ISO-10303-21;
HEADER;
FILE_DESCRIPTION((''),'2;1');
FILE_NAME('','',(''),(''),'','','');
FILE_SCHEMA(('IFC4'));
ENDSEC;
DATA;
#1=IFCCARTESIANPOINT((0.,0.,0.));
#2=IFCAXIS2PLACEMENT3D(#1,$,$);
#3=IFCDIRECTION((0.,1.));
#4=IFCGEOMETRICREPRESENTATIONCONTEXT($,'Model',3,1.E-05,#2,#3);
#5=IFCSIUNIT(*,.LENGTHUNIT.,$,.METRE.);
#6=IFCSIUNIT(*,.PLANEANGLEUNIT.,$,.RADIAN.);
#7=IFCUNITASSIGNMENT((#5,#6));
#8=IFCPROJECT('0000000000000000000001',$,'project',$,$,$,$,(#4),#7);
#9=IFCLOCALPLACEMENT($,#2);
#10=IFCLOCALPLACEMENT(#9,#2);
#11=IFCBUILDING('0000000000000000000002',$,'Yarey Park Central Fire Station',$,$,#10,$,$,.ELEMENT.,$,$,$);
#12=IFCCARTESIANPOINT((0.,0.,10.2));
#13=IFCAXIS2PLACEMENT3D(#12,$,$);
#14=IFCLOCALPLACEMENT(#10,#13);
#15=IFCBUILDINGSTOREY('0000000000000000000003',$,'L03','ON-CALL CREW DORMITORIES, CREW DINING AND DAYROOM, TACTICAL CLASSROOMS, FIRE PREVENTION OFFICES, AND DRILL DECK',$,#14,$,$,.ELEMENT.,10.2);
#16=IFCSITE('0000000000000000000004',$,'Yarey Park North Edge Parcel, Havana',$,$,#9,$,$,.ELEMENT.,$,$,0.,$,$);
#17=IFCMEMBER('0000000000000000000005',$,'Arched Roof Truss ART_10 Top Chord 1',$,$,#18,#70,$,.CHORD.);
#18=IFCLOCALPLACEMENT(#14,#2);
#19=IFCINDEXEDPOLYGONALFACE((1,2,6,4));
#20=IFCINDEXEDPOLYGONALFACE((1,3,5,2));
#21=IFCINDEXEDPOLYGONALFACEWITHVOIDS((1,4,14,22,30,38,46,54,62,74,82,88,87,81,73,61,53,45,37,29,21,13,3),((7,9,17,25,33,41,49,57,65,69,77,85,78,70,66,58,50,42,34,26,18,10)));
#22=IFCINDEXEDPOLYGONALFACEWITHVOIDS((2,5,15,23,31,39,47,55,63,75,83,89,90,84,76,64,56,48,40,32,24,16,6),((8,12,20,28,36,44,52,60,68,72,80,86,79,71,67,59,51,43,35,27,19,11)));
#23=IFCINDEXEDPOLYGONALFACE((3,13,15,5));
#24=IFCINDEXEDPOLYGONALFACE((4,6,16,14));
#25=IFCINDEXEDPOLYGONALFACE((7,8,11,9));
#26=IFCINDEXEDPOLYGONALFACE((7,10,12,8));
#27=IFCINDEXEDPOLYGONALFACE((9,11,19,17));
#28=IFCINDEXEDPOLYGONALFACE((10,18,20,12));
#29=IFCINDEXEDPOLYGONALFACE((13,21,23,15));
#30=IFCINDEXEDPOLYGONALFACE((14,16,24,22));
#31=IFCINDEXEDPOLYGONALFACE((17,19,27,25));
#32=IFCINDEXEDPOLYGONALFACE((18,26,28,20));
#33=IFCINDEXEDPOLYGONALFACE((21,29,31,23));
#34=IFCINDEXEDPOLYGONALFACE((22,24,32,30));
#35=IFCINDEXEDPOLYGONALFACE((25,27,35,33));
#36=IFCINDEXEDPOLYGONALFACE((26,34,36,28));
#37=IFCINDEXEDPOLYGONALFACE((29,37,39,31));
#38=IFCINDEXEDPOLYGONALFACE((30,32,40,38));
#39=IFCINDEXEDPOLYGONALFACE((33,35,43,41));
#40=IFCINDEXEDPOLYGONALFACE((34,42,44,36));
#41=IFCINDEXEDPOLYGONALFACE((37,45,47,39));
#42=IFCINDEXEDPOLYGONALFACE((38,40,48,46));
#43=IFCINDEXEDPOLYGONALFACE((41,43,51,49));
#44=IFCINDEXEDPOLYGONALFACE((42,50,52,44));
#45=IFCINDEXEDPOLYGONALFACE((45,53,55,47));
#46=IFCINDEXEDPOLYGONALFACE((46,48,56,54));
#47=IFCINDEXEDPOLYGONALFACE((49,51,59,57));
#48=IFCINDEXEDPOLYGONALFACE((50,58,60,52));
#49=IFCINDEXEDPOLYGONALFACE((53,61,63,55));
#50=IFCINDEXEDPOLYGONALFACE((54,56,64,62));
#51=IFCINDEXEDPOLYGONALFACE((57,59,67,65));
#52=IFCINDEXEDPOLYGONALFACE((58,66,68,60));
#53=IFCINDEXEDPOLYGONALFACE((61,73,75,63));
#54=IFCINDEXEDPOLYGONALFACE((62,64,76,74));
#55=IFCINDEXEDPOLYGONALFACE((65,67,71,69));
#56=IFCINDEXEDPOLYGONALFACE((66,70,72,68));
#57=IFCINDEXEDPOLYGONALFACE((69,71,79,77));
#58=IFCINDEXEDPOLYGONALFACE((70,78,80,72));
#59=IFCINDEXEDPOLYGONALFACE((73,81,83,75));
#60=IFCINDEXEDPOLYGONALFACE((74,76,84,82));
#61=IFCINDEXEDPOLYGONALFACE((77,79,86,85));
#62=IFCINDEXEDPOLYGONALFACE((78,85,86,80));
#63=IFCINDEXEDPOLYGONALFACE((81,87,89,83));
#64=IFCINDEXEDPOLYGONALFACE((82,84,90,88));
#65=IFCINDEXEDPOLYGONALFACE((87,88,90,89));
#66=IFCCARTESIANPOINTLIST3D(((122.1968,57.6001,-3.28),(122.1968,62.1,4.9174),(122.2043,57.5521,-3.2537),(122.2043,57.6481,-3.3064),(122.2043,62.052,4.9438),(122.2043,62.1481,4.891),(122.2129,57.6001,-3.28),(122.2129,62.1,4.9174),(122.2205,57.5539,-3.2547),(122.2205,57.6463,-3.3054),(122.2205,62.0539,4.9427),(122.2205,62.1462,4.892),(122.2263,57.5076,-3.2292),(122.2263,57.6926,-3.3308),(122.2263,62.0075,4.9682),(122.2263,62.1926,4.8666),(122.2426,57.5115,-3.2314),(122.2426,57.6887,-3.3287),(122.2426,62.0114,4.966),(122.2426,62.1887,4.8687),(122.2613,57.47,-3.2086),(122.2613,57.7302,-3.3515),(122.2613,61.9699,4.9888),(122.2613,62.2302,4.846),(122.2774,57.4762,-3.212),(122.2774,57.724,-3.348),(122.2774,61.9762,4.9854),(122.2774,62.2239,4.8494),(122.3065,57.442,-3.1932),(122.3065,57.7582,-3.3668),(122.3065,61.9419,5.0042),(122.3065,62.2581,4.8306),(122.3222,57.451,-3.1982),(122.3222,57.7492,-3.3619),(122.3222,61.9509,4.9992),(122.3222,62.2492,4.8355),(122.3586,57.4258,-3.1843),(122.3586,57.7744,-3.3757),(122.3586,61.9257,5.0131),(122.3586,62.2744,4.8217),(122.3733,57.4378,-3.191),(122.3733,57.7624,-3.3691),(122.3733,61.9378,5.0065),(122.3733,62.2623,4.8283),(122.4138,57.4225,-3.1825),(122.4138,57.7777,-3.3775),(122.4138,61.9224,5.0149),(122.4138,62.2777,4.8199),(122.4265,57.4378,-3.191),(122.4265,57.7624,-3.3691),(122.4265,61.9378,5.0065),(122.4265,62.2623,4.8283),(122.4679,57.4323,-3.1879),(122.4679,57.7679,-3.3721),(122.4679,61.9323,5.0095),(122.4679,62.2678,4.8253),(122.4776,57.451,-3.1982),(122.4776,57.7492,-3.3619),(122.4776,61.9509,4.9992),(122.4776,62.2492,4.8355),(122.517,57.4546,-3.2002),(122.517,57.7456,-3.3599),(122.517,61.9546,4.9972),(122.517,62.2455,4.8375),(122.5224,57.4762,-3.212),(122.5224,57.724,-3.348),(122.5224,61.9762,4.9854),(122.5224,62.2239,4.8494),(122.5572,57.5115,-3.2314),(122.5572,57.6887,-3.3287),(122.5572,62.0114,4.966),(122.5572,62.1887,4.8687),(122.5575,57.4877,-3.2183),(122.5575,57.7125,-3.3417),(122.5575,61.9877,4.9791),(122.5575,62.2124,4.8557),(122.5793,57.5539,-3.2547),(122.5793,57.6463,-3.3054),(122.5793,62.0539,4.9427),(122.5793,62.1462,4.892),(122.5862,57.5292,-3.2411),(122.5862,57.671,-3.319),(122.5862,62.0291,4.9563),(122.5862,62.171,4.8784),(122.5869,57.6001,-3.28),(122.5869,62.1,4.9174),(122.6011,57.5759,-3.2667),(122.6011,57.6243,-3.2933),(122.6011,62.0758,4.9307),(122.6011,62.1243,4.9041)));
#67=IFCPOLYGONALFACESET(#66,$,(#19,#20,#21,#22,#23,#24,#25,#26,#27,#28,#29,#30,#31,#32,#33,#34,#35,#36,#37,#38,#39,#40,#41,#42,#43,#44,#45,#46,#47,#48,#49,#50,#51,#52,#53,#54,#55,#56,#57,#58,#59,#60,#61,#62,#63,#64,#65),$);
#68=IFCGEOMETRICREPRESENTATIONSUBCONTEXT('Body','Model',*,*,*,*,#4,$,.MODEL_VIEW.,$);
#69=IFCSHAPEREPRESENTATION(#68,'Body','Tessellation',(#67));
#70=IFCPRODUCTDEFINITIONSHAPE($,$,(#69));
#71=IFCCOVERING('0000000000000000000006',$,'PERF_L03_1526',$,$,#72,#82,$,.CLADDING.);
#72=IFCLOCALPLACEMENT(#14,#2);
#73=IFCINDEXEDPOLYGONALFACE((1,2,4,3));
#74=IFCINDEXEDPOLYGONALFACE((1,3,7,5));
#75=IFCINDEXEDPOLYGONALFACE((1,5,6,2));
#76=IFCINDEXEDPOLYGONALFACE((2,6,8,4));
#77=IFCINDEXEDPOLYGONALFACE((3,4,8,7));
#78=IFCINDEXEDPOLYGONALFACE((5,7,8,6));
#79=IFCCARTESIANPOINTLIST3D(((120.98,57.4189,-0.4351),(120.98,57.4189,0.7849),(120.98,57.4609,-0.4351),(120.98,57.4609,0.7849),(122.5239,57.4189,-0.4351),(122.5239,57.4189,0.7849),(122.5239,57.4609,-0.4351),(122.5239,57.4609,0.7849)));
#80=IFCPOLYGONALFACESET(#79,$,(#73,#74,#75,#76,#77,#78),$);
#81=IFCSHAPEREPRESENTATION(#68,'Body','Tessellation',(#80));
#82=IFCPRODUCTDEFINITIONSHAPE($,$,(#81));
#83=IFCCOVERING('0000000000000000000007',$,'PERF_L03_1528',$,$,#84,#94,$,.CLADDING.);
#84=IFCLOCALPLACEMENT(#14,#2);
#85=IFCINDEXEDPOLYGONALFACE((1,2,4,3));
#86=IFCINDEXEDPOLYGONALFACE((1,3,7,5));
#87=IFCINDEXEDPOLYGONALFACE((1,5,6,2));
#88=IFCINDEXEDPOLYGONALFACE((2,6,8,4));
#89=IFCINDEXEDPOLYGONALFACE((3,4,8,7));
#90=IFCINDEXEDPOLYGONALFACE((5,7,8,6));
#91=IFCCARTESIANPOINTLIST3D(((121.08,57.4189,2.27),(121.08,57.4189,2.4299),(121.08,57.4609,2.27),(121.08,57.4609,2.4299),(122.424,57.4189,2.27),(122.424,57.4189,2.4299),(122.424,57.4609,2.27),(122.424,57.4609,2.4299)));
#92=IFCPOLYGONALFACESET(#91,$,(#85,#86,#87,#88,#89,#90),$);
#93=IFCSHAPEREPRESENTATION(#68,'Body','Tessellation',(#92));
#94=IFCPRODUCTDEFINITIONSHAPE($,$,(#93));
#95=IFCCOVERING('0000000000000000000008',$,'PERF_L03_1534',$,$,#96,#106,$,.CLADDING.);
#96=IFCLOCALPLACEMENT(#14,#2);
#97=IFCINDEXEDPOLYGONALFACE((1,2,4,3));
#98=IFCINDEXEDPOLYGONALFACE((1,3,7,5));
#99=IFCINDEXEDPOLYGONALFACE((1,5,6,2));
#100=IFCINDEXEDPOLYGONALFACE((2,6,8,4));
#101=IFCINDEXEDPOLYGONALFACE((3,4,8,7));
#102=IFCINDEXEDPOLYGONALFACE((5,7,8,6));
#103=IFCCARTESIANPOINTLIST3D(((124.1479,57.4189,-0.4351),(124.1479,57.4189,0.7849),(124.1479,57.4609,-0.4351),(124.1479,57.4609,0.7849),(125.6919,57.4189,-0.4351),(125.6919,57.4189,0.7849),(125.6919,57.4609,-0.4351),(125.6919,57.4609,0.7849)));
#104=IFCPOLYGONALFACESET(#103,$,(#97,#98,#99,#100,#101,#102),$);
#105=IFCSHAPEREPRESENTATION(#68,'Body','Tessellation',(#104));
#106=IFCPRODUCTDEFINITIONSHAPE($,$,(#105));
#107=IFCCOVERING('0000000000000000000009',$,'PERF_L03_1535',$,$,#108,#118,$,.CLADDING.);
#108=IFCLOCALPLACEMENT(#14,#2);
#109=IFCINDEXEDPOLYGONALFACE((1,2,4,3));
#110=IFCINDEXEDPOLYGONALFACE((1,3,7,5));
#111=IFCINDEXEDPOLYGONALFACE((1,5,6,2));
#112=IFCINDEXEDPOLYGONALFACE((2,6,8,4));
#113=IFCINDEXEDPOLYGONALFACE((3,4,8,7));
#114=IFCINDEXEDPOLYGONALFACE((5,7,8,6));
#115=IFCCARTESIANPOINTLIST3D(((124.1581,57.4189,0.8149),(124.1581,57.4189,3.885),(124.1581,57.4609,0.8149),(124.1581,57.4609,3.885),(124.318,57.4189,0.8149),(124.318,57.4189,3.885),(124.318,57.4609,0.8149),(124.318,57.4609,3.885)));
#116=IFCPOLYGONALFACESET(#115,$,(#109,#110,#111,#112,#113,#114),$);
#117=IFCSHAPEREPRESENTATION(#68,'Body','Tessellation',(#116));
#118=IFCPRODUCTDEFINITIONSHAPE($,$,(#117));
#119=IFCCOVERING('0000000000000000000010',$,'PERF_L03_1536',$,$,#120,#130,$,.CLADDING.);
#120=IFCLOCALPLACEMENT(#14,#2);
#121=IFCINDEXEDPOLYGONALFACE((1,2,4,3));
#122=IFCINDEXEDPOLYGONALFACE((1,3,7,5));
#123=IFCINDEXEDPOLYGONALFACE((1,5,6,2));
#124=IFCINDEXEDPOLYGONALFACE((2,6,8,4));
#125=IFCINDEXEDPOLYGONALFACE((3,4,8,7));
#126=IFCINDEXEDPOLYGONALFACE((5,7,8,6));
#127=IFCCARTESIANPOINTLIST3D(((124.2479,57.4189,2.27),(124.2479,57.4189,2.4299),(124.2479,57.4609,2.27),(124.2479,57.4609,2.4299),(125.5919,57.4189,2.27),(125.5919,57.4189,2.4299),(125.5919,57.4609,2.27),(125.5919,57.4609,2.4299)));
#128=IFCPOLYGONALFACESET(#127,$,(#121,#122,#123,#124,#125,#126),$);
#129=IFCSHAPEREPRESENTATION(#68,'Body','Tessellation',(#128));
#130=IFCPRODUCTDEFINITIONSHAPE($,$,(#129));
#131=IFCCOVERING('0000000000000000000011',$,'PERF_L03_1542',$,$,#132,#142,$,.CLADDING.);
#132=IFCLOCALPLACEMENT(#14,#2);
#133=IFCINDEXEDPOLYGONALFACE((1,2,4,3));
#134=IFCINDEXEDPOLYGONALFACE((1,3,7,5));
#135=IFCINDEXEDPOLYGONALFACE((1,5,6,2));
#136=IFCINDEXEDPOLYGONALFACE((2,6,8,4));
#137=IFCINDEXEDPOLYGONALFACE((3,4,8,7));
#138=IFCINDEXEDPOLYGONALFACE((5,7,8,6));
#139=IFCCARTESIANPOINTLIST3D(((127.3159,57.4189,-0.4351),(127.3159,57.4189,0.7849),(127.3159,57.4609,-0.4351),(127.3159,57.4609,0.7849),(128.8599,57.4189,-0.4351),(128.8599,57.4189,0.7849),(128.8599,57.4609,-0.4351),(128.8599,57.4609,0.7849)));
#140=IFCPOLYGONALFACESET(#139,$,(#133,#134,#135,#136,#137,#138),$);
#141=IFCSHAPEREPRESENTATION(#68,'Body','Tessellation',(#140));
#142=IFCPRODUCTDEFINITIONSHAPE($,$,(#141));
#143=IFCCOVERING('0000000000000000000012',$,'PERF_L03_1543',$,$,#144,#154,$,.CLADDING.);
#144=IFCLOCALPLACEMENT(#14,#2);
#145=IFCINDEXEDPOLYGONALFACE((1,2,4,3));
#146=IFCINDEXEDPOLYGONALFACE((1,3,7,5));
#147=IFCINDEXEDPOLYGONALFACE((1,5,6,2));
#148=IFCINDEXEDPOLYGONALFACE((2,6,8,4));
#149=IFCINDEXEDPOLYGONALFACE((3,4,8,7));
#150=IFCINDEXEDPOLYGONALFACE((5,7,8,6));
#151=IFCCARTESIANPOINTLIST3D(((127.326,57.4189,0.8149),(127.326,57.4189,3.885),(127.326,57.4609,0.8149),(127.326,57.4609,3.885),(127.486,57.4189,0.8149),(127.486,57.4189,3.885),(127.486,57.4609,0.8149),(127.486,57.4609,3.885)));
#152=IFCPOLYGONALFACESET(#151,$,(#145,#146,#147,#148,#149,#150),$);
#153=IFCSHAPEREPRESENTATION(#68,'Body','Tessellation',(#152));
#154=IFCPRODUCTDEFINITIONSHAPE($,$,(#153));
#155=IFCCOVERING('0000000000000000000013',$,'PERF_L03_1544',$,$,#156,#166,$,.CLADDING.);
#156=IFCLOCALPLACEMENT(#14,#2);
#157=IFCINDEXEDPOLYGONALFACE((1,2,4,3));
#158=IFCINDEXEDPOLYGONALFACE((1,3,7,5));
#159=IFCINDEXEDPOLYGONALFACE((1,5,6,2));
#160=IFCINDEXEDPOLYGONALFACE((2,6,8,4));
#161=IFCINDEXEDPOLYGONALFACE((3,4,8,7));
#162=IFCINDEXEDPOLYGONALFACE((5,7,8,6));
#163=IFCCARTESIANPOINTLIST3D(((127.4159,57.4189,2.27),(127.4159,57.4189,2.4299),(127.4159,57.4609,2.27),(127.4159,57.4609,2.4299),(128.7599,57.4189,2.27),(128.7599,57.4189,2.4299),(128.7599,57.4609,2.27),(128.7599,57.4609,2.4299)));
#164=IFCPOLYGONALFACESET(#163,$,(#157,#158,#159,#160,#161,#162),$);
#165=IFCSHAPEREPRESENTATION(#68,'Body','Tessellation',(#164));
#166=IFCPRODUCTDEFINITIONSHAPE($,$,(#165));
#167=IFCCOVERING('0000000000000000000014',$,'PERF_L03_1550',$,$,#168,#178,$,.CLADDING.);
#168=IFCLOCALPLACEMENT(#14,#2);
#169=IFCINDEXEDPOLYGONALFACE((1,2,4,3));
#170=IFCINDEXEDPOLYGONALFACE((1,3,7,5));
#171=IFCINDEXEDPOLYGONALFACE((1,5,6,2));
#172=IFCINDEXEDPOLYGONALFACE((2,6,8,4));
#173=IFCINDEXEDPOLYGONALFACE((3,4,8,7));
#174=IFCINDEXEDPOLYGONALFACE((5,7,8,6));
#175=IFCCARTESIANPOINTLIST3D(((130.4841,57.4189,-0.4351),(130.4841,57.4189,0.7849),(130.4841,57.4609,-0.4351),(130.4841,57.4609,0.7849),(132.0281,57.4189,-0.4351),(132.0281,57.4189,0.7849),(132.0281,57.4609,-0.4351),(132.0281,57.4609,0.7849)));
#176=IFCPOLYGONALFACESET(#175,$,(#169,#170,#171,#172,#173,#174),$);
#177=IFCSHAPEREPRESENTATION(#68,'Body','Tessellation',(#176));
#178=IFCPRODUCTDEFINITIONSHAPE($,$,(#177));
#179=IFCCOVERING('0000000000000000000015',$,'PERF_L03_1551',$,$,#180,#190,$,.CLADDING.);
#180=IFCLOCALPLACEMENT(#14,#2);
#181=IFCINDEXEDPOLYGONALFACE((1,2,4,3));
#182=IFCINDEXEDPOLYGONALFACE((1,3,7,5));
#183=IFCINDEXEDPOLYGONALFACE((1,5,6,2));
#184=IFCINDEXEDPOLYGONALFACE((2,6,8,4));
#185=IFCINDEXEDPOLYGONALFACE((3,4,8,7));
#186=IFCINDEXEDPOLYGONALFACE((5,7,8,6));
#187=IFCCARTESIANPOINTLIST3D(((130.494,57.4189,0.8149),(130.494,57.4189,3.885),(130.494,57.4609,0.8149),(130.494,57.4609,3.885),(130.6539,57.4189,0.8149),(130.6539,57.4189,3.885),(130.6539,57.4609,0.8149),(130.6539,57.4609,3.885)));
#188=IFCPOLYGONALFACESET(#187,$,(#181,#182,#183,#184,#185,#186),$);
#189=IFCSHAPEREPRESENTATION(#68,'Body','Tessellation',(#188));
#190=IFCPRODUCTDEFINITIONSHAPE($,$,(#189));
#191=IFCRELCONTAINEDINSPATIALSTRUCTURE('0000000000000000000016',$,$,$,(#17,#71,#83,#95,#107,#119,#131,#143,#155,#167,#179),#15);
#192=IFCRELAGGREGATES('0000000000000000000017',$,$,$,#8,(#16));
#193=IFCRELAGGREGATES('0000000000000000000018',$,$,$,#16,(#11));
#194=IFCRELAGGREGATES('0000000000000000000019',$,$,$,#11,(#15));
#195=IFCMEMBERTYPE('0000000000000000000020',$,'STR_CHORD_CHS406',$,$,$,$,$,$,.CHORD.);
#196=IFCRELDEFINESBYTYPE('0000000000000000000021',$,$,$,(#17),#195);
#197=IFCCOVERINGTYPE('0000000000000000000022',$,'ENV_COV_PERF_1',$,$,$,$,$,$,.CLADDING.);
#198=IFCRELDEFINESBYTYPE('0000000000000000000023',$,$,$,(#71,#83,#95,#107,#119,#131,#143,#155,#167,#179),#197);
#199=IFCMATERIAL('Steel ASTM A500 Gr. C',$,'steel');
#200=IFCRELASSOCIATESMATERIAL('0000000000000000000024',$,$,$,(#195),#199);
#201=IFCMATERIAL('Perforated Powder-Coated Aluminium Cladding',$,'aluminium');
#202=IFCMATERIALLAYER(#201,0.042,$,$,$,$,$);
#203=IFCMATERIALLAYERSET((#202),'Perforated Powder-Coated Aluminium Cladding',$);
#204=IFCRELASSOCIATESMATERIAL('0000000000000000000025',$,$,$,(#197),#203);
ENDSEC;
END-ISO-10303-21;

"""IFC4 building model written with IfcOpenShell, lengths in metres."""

from ifc_helpers import new_model, si_unit, direction, frame, origin, origin_2d, place, context, subcontext, project, spatial, rectangle, hollow_circle, extrude, material, layer, layer_set, material_profile, profile_set, type_object, element, save


model = new_model("IFC4")

# Units and contexts
model_context = context("Model", 3, precision=1e-05, world=origin(), true_north=direction((0.0, 1.0)))
body_context = subcontext(model_context, "Body", "Model", "MODEL_VIEW")
ifc_project = project(units=[si_unit("LENGTHUNIT", "METRE"), si_unit("PLANEANGLEUNIT", "RADIAN")], contexts=[model_context])

# Site, building, storey
site_placement = place(None, origin())
site = spatial("IfcSite", under=ifc_project, at=site_placement, Name="Yarey Park North Edge Parcel, Havana", CompositionType="ELEMENT", RefElevation=0.0)
building_placement = place(site_placement, origin())
building = spatial("IfcBuilding", under=site, at=building_placement, Name="Yarey Park Central Fire Station", CompositionType="ELEMENT")
storey_placement = place(building_placement, frame((0.0, 0.0, 10.2)))
storey = spatial("IfcBuildingStorey", under=building, at=storey_placement, Name="L03", Description="ON-CALL CREW DORMITORIES, CREW DINING AND DAYROOM, TACTICAL CLASSROOMS, FIRE PREVENTION OFFICES, AND DRILL DECK", CompositionType="ELEMENT", Elevation=10.2)

# Member
ifc_material_1 = material(Name="Steel ASTM A500 Gr. C", Category="steel")
ifc_material_profile = material_profile(ifc_material_1, hollow_circle(Radius=0.2031, WallThickness=0.0161, at=origin_2d()), Name="CHS 406.4x16")
ifc_profile_set = profile_set([ifc_material_profile], Name="Steel ASTM A500 Gr. C")
member_type = type_object("IfcMemberType", Name="STR_CHORD_CHS406", PredefinedType="CHORD", material=ifc_profile_set)
member_placement = place(storey_placement, frame((122.3999, 57.6001, -3.28), z_axis=(0.0, 0.48121, 0.876605), x_axis=(-1.0, 0.0, 0.0)))
element("IfcMember", 1, at=member_placement, inside=storey, type_object=member_type, Name="Arched Roof Truss ART_10 Top Chord 1", PredefinedType="CHORD", context=body_context, shape_type="SweptSolid", body=[
    extrude(hollow_circle(Radius=0.2031, WallThickness=0.0161, at=origin_2d()), origin(), (0.0, 0.0, 1.0), 9.3513),
])

# Coverings
ifc_material_2 = material(Name="Perforated Powder-Coated Aluminium Cladding", Category="aluminium")
ifc_layer_1 = layer(ifc_material_2, 0.042)
ifc_layer_set_1 = layer_set([ifc_layer_1], Name="Perforated Powder-Coated Aluminium Cladding")
covering_type_1 = type_object("IfcCoveringType", Name="ENV_COV_PERF_1", PredefinedType="CLADDING", material=ifc_layer_set_1)
covering_1_placement = place(storey_placement, frame((121.752, 57.4399, -0.4351), z_axis=(0.0, 0.0, 1.0), x_axis=(1.0, 0.0, 0.0)))
element("IfcCovering", 2, at=covering_1_placement, inside=storey, type_object=covering_type_1, Name="PERF_L03_1526", PredefinedType="CLADDING", context=body_context, shape_type="SweptSolid", body=[
    extrude(rectangle(XDim=1.5439, YDim=0.042, at=origin_2d()), origin(), (0.0, 0.0, 1.0), 1.22),
])
covering_2_placement = place(storey_placement, frame((121.752, 57.4399, 2.27), z_axis=(0.0, 0.0, 1.0), x_axis=(1.0, 0.0, 0.0)))
element("IfcCovering", 3, at=covering_2_placement, inside=storey, type_object=covering_type_1, Name="PERF_L03_1528", PredefinedType="CLADDING", context=body_context, shape_type="SweptSolid", body=[
    extrude(rectangle(XDim=1.344, YDim=0.042, at=origin_2d()), origin(), (0.0, 0.0, 1.0), 0.1599),
])
covering_3_placement = place(storey_placement, frame((124.9199, 57.4399, -0.4351), z_axis=(0.0, 0.0, 1.0), x_axis=(1.0, 0.0, 0.0)))
element("IfcCovering", 4, at=covering_3_placement, inside=storey, type_object=covering_type_1, Name="PERF_L03_1534", PredefinedType="CLADDING", context=body_context, shape_type="SweptSolid", body=[
    extrude(rectangle(XDim=1.5439, YDim=0.042, at=origin_2d()), origin(), (0.0, 0.0, 1.0), 1.22),
])
covering_4_placement = place(storey_placement, frame((124.238, 57.4399, 0.8149), z_axis=(0.0, 0.0, 1.0), x_axis=(1.0, 0.0, 0.0)))
element("IfcCovering", 5, at=covering_4_placement, inside=storey, type_object=covering_type_1, Name="PERF_L03_1535", PredefinedType="CLADDING", context=body_context, shape_type="SweptSolid", body=[
    extrude(rectangle(XDim=0.1599, YDim=0.042, at=origin_2d()), origin(), (0.0, 0.0, 1.0), 3.0701),
])
covering_5_placement = place(storey_placement, frame((124.9199, 57.4399, 2.27), z_axis=(0.0, 0.0, 1.0), x_axis=(1.0, 0.0, 0.0)))
element("IfcCovering", 6, at=covering_5_placement, inside=storey, type_object=covering_type_1, Name="PERF_L03_1536", PredefinedType="CLADDING", context=body_context, shape_type="SweptSolid", body=[
    extrude(rectangle(XDim=1.344, YDim=0.042, at=origin_2d()), origin(), (0.0, 0.0, 1.0), 0.1599),
])
covering_6_placement = place(storey_placement, frame((128.0879, 57.4399, -0.4351), z_axis=(0.0, 0.0, 1.0), x_axis=(1.0, 0.0, 0.0)))
element("IfcCovering", 7, at=covering_6_placement, inside=storey, type_object=covering_type_1, Name="PERF_L03_1542", PredefinedType="CLADDING", context=body_context, shape_type="SweptSolid", body=[
    extrude(rectangle(XDim=1.5439, YDim=0.042, at=origin_2d()), origin(), (0.0, 0.0, 1.0), 1.22),
])
covering_7_placement = place(storey_placement, frame((127.406, 57.4399, 0.8149), z_axis=(0.0, 0.0, 1.0), x_axis=(1.0, 0.0, 0.0)))
element("IfcCovering", 8, at=covering_7_placement, inside=storey, type_object=covering_type_1, Name="PERF_L03_1543", PredefinedType="CLADDING", context=body_context, shape_type="SweptSolid", body=[
    extrude(rectangle(XDim=0.1599, YDim=0.042, at=origin_2d()), origin(), (0.0, 0.0, 1.0), 3.0701),
])
covering_8_placement = place(storey_placement, frame((128.0879, 57.4399, 2.27), z_axis=(0.0, 0.0, 1.0), x_axis=(1.0, 0.0, 0.0)))
element("IfcCovering", 9, at=covering_8_placement, inside=storey, type_object=covering_type_1, Name="PERF_L03_1544", PredefinedType="CLADDING", context=body_context, shape_type="SweptSolid", body=[
    extrude(rectangle(XDim=1.344, YDim=0.042, at=origin_2d()), origin(), (0.0, 0.0, 1.0), 0.1599),
])
covering_9_placement = place(storey_placement, frame((131.2561, 57.4399, -0.4351), z_axis=(0.0, 0.0, 1.0), x_axis=(1.0, 0.0, 0.0)))
element("IfcCovering", 10, at=covering_9_placement, inside=storey, type_object=covering_type_1, Name="PERF_L03_1550", PredefinedType="CLADDING", context=body_context, shape_type="SweptSolid", body=[
    extrude(rectangle(XDim=1.5439, YDim=0.042, at=origin_2d()), origin(), (0.0, 0.0, 1.0), 1.22),
])
covering_10_placement = place(storey_placement, frame((130.574, 57.4399, 0.8149), z_axis=(0.0, 0.0, 1.0), x_axis=(1.0, 0.0, 0.0)))
element("IfcCovering", 11, at=covering_10_placement, inside=storey, type_object=covering_type_1, Name="PERF_L03_1551", PredefinedType="CLADDING", context=body_context, shape_type="SweptSolid", body=[
    extrude(rectangle(XDim=0.1599, YDim=0.042, at=origin_2d()), origin(), (0.0, 0.0, 1.0), 3.0701),
])

save(model, "model.ifc")
